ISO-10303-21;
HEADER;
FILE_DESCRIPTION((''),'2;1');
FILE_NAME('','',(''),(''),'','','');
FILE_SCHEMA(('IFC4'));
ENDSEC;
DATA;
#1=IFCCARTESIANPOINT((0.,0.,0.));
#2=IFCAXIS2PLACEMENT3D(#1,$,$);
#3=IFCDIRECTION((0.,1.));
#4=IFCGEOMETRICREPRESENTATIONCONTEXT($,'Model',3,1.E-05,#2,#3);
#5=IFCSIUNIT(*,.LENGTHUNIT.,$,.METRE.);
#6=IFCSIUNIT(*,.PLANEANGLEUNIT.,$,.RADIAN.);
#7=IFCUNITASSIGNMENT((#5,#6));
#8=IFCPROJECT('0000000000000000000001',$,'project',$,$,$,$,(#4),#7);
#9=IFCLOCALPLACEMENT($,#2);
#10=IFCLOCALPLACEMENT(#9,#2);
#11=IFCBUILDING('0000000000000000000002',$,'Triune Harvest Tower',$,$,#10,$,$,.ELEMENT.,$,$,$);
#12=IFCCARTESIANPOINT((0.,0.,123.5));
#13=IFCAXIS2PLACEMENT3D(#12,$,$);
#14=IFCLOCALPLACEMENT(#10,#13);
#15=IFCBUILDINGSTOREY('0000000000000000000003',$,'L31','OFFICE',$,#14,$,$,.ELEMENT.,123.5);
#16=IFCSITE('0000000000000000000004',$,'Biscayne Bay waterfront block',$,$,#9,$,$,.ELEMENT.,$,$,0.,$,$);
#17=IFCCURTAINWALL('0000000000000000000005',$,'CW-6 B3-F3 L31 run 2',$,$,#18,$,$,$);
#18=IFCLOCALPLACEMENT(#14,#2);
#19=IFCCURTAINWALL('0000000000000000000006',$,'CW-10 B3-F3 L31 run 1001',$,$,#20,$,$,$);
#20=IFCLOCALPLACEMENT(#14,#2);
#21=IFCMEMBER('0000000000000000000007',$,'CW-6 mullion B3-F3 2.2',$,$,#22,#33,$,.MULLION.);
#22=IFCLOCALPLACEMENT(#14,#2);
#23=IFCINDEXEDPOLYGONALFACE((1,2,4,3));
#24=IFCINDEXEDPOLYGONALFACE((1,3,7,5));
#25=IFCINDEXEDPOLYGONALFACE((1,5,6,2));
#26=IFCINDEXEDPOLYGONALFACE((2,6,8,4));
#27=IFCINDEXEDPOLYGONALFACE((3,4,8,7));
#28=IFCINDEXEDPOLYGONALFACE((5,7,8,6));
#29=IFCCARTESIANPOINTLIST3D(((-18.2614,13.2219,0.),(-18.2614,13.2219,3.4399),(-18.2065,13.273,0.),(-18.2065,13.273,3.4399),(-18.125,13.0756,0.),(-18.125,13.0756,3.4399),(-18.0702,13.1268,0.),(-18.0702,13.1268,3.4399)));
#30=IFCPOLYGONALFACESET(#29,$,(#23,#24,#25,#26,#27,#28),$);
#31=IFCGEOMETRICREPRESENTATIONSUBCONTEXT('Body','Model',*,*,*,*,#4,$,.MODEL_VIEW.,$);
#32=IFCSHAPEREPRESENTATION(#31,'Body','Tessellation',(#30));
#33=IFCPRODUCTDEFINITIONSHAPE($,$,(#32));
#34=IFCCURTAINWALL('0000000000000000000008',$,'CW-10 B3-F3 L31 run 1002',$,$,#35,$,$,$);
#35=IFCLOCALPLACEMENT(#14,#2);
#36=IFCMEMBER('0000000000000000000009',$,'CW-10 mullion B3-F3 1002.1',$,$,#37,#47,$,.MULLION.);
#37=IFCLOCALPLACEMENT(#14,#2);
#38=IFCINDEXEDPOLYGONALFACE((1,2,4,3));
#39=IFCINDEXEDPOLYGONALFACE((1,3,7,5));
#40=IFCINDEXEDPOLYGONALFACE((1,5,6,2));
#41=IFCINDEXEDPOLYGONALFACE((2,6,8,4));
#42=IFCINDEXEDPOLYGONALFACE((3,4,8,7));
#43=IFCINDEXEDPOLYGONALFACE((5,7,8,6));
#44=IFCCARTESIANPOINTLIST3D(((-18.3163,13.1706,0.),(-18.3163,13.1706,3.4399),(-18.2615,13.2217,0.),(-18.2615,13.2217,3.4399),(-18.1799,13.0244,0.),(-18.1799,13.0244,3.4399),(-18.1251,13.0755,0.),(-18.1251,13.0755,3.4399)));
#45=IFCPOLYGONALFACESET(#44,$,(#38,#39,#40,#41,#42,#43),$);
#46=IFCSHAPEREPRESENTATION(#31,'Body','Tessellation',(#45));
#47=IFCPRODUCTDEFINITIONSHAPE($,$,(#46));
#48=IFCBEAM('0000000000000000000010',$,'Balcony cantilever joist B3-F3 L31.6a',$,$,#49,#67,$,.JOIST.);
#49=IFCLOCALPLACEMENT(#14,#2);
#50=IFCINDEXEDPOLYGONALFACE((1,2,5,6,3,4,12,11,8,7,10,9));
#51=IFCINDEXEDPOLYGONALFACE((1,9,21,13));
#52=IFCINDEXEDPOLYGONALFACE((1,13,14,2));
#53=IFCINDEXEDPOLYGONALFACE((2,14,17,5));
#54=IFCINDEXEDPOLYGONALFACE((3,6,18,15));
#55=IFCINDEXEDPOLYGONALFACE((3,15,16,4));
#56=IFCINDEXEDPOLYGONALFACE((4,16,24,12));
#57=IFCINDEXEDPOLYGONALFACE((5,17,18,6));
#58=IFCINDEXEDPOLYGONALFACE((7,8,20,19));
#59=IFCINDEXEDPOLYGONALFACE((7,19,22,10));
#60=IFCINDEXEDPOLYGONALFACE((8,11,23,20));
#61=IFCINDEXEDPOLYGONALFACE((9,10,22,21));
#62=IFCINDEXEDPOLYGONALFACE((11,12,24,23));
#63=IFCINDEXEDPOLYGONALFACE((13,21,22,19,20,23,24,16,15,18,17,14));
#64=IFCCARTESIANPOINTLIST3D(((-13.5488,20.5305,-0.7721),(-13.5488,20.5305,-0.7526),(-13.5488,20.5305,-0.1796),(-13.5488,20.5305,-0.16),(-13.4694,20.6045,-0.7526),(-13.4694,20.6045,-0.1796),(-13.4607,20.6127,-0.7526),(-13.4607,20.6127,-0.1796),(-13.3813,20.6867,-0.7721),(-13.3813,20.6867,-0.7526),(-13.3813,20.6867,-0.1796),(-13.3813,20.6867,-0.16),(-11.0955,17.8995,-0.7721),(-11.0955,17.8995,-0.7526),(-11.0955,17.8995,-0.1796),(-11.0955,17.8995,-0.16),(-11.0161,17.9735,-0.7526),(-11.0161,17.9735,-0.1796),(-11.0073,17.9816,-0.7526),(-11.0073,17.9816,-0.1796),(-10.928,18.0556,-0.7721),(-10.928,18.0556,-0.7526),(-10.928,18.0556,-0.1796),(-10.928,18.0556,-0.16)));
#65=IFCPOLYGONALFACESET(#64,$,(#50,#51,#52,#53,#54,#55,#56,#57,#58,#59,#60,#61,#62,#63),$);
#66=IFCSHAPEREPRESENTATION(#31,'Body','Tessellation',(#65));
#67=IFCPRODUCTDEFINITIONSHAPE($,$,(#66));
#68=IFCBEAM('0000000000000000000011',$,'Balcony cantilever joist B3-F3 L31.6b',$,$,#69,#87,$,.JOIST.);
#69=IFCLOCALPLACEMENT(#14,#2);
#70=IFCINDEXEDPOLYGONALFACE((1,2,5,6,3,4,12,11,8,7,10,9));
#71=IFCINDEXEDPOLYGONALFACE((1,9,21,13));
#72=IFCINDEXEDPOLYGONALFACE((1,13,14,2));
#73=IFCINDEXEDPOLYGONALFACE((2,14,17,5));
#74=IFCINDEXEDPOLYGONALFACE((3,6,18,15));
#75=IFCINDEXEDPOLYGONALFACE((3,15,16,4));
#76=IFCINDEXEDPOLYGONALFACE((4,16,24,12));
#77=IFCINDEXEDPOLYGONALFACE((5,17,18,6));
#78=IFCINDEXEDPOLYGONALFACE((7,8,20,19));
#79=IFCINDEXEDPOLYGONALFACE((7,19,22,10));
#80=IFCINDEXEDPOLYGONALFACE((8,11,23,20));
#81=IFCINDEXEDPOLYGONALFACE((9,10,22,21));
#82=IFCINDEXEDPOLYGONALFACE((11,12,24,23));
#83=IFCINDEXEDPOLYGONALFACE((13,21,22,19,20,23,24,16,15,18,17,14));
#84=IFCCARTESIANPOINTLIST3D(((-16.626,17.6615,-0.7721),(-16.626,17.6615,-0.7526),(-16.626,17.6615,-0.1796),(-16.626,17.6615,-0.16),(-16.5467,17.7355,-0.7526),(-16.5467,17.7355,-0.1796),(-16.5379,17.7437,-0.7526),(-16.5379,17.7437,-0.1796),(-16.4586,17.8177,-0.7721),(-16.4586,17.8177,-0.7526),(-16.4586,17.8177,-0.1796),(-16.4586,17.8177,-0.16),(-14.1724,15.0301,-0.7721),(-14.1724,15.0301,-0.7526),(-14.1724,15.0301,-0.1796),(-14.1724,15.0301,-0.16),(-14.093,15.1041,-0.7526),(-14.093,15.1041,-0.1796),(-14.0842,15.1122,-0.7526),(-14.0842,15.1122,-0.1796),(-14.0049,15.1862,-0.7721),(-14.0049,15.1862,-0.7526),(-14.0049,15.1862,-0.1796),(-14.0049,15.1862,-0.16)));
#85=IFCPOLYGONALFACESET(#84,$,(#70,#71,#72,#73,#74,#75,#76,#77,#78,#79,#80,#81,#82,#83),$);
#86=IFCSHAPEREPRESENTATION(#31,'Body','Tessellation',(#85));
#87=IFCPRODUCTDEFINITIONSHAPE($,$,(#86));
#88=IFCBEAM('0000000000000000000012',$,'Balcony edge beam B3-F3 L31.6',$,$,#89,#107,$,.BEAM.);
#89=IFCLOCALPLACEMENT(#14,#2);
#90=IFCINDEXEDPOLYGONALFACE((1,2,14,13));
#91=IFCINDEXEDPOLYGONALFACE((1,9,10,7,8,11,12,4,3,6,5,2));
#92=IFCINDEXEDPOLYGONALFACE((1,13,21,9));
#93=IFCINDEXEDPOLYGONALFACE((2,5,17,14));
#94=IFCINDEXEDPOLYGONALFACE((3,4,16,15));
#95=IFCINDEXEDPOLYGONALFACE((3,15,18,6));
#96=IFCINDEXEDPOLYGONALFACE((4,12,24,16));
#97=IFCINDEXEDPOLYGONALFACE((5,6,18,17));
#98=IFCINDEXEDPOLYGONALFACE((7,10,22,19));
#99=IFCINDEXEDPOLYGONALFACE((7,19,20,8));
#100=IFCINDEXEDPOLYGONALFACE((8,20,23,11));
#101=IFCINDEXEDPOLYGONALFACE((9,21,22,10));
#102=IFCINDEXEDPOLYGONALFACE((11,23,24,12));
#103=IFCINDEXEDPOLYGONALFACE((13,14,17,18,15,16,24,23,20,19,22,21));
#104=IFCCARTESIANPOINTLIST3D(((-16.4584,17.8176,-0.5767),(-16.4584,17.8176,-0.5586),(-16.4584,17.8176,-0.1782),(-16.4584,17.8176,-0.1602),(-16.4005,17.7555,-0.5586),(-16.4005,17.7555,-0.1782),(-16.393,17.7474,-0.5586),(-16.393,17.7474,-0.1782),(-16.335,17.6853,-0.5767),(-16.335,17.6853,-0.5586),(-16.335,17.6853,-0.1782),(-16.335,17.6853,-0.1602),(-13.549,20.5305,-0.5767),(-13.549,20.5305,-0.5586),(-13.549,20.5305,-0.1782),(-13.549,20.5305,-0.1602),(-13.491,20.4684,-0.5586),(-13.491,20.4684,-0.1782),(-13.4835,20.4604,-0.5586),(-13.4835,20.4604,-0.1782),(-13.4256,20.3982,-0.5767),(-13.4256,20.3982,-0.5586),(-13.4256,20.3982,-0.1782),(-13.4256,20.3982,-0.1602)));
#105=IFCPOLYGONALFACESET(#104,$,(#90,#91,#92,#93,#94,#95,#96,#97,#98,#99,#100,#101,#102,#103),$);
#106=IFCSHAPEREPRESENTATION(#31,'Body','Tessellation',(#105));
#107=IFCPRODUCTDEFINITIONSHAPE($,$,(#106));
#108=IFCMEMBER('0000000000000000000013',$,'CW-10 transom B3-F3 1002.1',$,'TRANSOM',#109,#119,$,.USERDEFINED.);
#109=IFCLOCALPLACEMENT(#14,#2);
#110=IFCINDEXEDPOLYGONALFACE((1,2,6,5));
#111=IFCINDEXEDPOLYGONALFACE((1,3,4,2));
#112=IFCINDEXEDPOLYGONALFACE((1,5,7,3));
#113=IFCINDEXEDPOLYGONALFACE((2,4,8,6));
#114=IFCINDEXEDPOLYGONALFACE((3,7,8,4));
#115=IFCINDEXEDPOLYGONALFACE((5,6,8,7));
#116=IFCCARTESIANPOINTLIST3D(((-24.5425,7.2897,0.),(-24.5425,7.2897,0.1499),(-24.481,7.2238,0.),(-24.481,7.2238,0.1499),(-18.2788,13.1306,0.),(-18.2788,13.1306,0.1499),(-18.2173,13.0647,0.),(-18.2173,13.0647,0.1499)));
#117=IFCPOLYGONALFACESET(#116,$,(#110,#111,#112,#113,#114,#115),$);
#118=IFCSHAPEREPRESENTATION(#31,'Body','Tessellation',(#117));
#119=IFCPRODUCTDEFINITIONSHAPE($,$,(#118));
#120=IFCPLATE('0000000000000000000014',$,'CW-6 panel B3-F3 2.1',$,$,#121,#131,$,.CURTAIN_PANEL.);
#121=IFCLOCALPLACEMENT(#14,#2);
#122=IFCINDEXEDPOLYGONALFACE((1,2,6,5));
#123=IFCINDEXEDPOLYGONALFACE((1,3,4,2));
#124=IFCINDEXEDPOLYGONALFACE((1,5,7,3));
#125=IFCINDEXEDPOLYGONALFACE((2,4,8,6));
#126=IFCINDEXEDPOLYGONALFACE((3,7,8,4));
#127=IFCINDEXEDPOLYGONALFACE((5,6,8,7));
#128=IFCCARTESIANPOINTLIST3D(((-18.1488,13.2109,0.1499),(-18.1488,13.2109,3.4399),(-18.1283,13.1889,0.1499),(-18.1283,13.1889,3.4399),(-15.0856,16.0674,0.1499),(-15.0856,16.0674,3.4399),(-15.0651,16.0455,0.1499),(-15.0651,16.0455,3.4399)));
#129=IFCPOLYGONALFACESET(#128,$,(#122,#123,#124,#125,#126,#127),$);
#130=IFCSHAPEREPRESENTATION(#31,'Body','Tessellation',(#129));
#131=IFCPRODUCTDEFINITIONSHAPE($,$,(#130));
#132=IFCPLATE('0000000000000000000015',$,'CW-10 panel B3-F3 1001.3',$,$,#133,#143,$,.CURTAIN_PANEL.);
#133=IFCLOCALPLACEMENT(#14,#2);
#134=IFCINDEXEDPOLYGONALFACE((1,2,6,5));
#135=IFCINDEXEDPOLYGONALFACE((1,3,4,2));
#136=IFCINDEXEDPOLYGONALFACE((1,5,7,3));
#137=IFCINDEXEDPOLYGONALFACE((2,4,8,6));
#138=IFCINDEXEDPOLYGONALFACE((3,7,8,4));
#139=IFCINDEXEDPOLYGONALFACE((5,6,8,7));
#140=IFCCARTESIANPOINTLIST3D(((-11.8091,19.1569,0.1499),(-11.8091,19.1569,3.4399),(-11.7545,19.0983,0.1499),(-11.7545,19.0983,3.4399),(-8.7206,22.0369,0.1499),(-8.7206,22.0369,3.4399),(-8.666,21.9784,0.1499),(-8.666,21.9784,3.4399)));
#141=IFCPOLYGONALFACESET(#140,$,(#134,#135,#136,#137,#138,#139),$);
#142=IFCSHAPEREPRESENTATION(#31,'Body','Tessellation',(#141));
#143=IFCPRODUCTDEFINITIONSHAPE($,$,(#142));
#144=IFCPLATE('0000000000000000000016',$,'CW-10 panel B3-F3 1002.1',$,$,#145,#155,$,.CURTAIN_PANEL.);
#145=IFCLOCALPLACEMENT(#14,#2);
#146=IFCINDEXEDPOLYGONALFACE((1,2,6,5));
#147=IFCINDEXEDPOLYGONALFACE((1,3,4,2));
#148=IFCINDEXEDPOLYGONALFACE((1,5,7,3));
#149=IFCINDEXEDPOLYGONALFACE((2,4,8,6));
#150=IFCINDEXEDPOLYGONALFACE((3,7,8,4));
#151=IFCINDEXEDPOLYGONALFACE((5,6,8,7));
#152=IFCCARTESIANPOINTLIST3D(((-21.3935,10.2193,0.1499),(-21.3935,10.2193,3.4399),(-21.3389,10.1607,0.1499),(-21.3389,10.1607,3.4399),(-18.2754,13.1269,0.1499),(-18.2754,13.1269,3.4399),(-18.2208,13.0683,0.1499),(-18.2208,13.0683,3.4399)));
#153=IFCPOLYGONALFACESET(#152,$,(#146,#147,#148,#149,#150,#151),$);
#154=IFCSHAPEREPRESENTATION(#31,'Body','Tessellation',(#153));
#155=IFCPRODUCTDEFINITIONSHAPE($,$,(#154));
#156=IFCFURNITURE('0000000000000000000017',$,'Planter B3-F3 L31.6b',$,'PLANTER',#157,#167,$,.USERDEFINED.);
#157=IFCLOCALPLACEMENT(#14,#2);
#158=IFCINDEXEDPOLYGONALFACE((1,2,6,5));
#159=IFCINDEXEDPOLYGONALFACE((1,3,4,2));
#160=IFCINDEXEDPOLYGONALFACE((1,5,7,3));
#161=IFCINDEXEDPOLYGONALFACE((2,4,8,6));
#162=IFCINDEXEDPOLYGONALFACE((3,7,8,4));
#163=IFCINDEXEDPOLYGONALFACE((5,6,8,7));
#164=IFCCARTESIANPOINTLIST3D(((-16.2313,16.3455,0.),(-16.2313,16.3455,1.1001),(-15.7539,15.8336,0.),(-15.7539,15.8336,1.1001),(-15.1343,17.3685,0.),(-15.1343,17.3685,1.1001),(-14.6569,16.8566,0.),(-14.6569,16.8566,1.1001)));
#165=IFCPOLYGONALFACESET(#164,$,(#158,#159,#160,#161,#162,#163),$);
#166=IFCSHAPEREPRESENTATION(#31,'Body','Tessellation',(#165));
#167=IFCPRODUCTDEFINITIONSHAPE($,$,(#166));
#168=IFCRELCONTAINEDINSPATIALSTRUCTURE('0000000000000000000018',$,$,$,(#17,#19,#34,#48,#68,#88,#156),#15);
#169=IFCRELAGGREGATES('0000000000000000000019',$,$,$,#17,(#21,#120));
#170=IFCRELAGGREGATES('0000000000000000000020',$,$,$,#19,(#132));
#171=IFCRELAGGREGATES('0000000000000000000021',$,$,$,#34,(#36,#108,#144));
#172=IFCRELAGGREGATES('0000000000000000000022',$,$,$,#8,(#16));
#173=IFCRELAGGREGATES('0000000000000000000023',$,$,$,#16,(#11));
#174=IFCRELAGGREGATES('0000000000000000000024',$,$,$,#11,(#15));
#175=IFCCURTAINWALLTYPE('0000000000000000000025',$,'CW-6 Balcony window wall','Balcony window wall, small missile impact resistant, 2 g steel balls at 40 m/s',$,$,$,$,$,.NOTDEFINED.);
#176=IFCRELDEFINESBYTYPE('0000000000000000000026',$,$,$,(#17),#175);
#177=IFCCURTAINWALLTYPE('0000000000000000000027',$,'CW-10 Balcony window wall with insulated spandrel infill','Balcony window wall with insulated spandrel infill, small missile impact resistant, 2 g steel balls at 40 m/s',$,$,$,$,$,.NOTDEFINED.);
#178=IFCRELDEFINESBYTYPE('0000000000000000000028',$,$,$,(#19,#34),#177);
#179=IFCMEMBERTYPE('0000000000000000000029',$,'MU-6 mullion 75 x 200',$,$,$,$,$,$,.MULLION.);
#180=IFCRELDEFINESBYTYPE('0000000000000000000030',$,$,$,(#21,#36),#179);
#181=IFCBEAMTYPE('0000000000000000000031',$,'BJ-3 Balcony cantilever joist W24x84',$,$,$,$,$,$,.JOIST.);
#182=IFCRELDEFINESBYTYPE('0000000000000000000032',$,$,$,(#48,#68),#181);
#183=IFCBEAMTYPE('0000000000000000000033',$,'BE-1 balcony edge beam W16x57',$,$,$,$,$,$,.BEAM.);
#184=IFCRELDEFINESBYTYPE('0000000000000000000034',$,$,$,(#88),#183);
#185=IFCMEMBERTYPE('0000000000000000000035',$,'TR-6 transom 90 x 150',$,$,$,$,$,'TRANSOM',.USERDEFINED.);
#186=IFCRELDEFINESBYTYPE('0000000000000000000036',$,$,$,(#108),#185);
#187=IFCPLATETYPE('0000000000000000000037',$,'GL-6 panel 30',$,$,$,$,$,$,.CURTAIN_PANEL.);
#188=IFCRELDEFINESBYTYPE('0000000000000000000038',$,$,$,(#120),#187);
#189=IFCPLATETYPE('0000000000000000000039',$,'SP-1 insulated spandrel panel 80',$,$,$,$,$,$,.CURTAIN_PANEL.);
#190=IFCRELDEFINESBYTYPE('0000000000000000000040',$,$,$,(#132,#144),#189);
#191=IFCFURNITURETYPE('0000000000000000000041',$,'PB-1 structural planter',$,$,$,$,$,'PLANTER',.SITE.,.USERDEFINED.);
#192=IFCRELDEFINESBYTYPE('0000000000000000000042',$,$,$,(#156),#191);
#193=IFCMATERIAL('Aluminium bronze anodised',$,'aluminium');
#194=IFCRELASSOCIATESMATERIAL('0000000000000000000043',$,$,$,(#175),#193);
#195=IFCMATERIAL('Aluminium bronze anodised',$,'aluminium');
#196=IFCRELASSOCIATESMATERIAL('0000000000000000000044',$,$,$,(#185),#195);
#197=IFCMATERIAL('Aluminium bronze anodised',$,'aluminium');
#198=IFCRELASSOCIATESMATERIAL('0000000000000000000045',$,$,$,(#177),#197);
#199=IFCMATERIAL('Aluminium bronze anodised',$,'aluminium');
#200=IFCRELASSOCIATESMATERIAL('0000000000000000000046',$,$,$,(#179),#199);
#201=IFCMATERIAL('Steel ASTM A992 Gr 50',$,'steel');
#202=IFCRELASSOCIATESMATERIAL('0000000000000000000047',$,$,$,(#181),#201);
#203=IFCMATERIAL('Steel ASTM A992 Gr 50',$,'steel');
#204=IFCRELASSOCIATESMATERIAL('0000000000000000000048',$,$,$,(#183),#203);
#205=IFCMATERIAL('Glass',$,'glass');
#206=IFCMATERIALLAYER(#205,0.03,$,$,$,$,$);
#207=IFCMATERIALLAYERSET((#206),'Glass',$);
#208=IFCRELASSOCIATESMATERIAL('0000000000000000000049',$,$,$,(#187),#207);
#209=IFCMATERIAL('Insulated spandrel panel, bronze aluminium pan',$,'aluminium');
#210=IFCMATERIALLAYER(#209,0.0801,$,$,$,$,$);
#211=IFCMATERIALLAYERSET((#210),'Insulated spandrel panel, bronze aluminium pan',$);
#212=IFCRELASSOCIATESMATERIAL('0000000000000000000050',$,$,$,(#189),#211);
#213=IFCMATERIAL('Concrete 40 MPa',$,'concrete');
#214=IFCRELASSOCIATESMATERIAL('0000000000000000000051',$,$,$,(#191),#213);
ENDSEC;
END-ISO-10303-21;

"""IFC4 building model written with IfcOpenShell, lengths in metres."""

from ifc_helpers import new_model, si_unit, direction, frame, origin, origin_2d, place, context, subcontext, project, spatial, rectangle, i_section, extrude, source, transform, mapped, material, layer, layer_set, material_profile, profile_set, type_object, element, aggregate, save


model = new_model("IFC4")

# Units and contexts
model_context = context("Model", 3, precision=1e-05, world=origin(), true_north=direction((0.0, 1.0)))
body_context = subcontext(model_context, "Body", "Model", "MODEL_VIEW")
ifc_project = project(units=[si_unit("LENGTHUNIT", "METRE"), si_unit("PLANEANGLEUNIT", "RADIAN")], contexts=[model_context])

# Site, building, storey
site_placement = place(None, origin())
site = spatial("IfcSite", under=ifc_project, at=site_placement, Name="Biscayne Bay waterfront block", CompositionType="ELEMENT", RefElevation=0.0)
building_placement = place(site_placement, origin())
building = spatial("IfcBuilding", under=site, at=building_placement, Name="Triune Harvest Tower", CompositionType="ELEMENT")
storey_placement = place(building_placement, frame((0.0, 0.0, 123.5)))
storey = spatial("IfcBuildingStorey", under=building, at=storey_placement, Name="L31", Description="OFFICE", CompositionType="ELEMENT", Elevation=123.5)

# Curtain wall
ifc_material_1 = material(Name="Aluminium bronze anodised", Category="aluminium")
curtain_wall_type_1 = type_object("IfcCurtainWallType", Name="CW-6 Balcony window wall", Description="Balcony window wall, small missile impact resistant, 2 g steel balls at 40 m/s", PredefinedType="NOTDEFINED", material=ifc_material_1)
curtain_wall_1_placement = place(storey_placement, origin())
curtain_wall_1 = element("IfcCurtainWall", 1, at=curtain_wall_1_placement, inside=storey, type_object=curtain_wall_type_1, Name="CW-6 B3-F3 L31 run 2")
ifc_material_2 = material(Name="Aluminium bronze anodised", Category="aluminium")
ifc_material_profile_1 = material_profile(ifc_material_2, rectangle(XDim=0.0901, YDim=0.1499, at=origin_2d()), Name="TR-6 transom 90 x 150")
ifc_profile_set_1 = profile_set([ifc_material_profile_1], Name="Aluminium bronze anodised")
member_type_1 = type_object("IfcMemberType", Name="TR-6 transom 90 x 150", ElementType="TRANSOM", PredefinedType="USERDEFINED", material=ifc_profile_set_1)

# Curtain wall
ifc_material_3 = material(Name="Aluminium bronze anodised", Category="aluminium")
curtain_wall_type_2 = type_object("IfcCurtainWallType", Name="CW-10 Balcony window wall with insulated spandrel infill", Description="Balcony window wall with insulated spandrel infill, small missile impact resistant, 2 g steel balls at 40 m/s", PredefinedType="NOTDEFINED", material=ifc_material_3)
curtain_wall_2_placement = place(storey_placement, origin())
curtain_wall_2 = element("IfcCurtainWall", 2, at=curtain_wall_2_placement, inside=storey, type_object=curtain_wall_type_2, Name="CW-10 B3-F3 L31 run 1001")
ifc_material_4 = material(Name="Aluminium bronze anodised", Category="aluminium")
ifc_material_profile_2 = material_profile(ifc_material_4, rectangle(XDim=0.2, YDim=0.075, at=origin_2d()), Name="MU-6 mullion 75 x 200")
ifc_profile_set_2 = profile_set([ifc_material_profile_2], Name="Aluminium bronze anodised")
member_type_2 = type_object("IfcMemberType", Name="MU-6 mullion 75 x 200", PredefinedType="MULLION", material=ifc_profile_set_2)
shared_shape_1 = source(origin(), body_context, "Body", "SweptSolid", [
    extrude(rectangle(XDim=0.2, YDim=0.075, at=origin_2d()), origin(), (0.0, 0.0, 1.0), 3.4399),
])

# Member
member_1_placement = place(storey_placement, frame((-18.1658, 13.1743, 0.0), z_axis=(0.0, 0.0, 1.0), x_axis=(0.682007, -0.731346, 0.0)))
member_1 = element("IfcMember", 3, at=member_1_placement, type_object=member_type_2, Name="CW-6 mullion B3-F3 2.2", PredefinedType="MULLION", context=body_context, shape_type="MappedRepresentation", body=[
    mapped(shared_shape_1, transform((0.0, 0.0, 0.0), scale=1.0)),
])

# Curtain wall, member
curtain_wall_3_placement = place(storey_placement, origin())
curtain_wall_3 = element("IfcCurtainWall", 4, at=curtain_wall_3_placement, inside=storey, type_object=curtain_wall_type_2, Name="CW-10 B3-F3 L31 run 1002")
member_2_placement = place(storey_placement, frame((-18.2207, 13.123, 0.0), z_axis=(0.0, 0.0, 1.0), x_axis=(0.681997, -0.731355, 0.0)))
member_2 = element("IfcMember", 5, at=member_2_placement, type_object=member_type_2, Name="CW-10 mullion B3-F3 1002.1", PredefinedType="MULLION", context=body_context, shape_type="MappedRepresentation", body=[
    mapped(shared_shape_1, transform((0.0, 0.0, 0.0), scale=1.0)),
])

# Beams
ifc_material_5 = material(Name="Steel ASTM A992 Gr 50", Category="steel")
ifc_material_profile_3 = material_profile(ifc_material_5, i_section(OverallWidth=0.229, OverallDepth=0.6121, WebThickness=0.012, FlangeThickness=0.0195, at=origin_2d()), Name="W24x84")
ifc_profile_set_3 = profile_set([ifc_material_profile_3], Name="Steel ASTM A992 Gr 50")
beam_type_1 = type_object("IfcBeamType", Name="BJ-3 Balcony cantilever joist W24x84", PredefinedType="JOIST", material=ifc_profile_set_3)
shared_shape_2 = source(origin(), body_context, "Body", "SweptSolid", [
    extrude(i_section(OverallWidth=0.229, OverallDepth=0.6121, WebThickness=0.012, FlangeThickness=0.0195, at=origin_2d()), origin(), (0.0, 0.0, 1.0), 3.5974),
])
beam_1_placement = place(storey_placement, frame((-11.0117, 17.9775, -0.4661), z_axis=(-0.681972, 0.731378, 0.0), x_axis=(-0.731378, -0.681972, 0.0)))
element("IfcBeam", 6, at=beam_1_placement, inside=storey, type_object=beam_type_1, Name="Balcony cantilever joist B3-F3 L31.6a", PredefinedType="JOIST", context=body_context, shape_type="MappedRepresentation", body=[
    mapped(shared_shape_2, transform((0.0, 0.0, 0.0), scale=1.0)),
])
shared_shape_3 = source(origin(), body_context, "Body", "SweptSolid", [
    extrude(i_section(OverallWidth=0.229, OverallDepth=0.6121, WebThickness=0.012, FlangeThickness=0.0195, at=origin_2d()), origin(), (0.0, 0.0, 1.0), 3.5979),
])
beam_2_placement = place(storey_placement, frame((-14.0886, 15.1082, -0.4661), z_axis=(-0.681975, 0.731376, 0.0), x_axis=(-0.731376, -0.681975, 0.0)))
element("IfcBeam", 7, at=beam_2_placement, inside=storey, type_object=beam_type_1, Name="Balcony cantilever joist B3-F3 L31.6b", PredefinedType="JOIST", context=body_context, shape_type="MappedRepresentation", body=[
    mapped(shared_shape_3, transform((0.0, 0.0, 0.0), scale=1.0)),
])
ifc_material_6 = material(Name="Steel ASTM A992 Gr 50", Category="steel")
ifc_material_profile_4 = material_profile(ifc_material_6, i_section(OverallWidth=0.1809, OverallDepth=0.4165, WebThickness=0.011, FlangeThickness=0.0181, at=origin_2d()), Name="W16x57")
ifc_profile_set_4 = profile_set([ifc_material_profile_4], Name="Steel ASTM A992 Gr 50")
beam_type_2 = type_object("IfcBeamType", Name="BE-1 balcony edge beam W16x57", PredefinedType="BEAM", material=ifc_profile_set_4)
shared_shape_4 = source(origin(), body_context, "Body", "SweptSolid", [
    extrude(i_section(OverallWidth=0.1809, OverallDepth=0.4165, WebThickness=0.011, FlangeThickness=0.0181, at=origin_2d()), origin(), (0.0, 0.0, 1.0), 3.978),
])
beam_3_placement = place(storey_placement, frame((-16.3967, 17.7515, -0.3684), z_axis=(0.731378, 0.681973, 0.0), x_axis=(-0.681973, 0.731378, 0.0)))
element("IfcBeam", 8, at=beam_3_placement, inside=storey, type_object=beam_type_2, Name="Balcony edge beam B3-F3 L31.6", PredefinedType="BEAM", context=body_context, shape_type="MappedRepresentation", body=[
    mapped(shared_shape_4, transform((0.0, 0.0, 0.0), scale=1.0)),
])

# Member
shared_shape_5 = source(origin(), body_context, "Body", "SweptSolid", [
    extrude(rectangle(XDim=0.0901, YDim=0.1499, at=origin_2d()), origin(), (0.0, 0.0, 1.0), 8.5645),
])
member_3_placement = place(storey_placement, frame((-18.248, 13.0977, 0.075), z_axis=(-0.731362, -0.681989, 0.0), x_axis=(0.681989, -0.731362, 0.0)))
member_3 = element("IfcMember", 9, at=member_3_placement, type_object=member_type_1, Name="CW-10 transom B3-F3 1002.1", ObjectType="TRANSOM", PredefinedType="USERDEFINED", context=body_context, shape_type="MappedRepresentation", body=[
    mapped(shared_shape_5, transform((0.0, 0.0, 0.0), scale=1.0)),
])

# Plates
ifc_material_7 = material(Name="Glass", Category="glass")
ifc_layer_1 = layer(ifc_material_7, 0.03)
ifc_layer_set_1 = layer_set([ifc_layer_1], Name="Glass")
plate_type_1 = type_object("IfcPlateType", Name="GL-6 panel 30", PredefinedType="CURTAIN_PANEL", material=ifc_layer_set_1)
plate_1_placement = place(storey_placement, frame((-16.6069, 14.6282, 0.1499), z_axis=(0.0, 0.0, 1.0), x_axis=(-0.731346, -0.682007, 0.0)))
plate_1 = element("IfcPlate", 10, at=plate_1_placement, type_object=plate_type_1, Name="CW-6 panel B3-F3 2.1", PredefinedType="CURTAIN_PANEL", context=body_context, shape_type="SweptSolid", body=[
    extrude(rectangle(XDim=4.1885, YDim=0.03, at=origin_2d()), origin(), (0.0, 0.0, 1.0), 3.29),
])
aggregate(curtain_wall_1, [member_1, plate_1])
ifc_material_8 = material(Name="Insulated spandrel panel, bronze aluminium pan", Category="aluminium")
ifc_layer_2 = layer(ifc_material_8, 0.0801)
ifc_layer_set_2 = layer_set([ifc_layer_2], Name="Insulated spandrel panel, bronze aluminium pan")
plate_type_2 = type_object("IfcPlateType", Name="SP-1 insulated spandrel panel 80", PredefinedType="CURTAIN_PANEL", material=ifc_layer_set_2)
plate_2_placement = place(storey_placement, frame((-10.2375, 20.5676, 0.1499), z_axis=(0.0, 0.0, 1.0), x_axis=(-0.731353, -0.681999, 0.0)))
plate_2 = element("IfcPlate", 11, at=plate_2_placement, type_object=plate_type_2, Name="CW-10 panel B3-F3 1001.3", PredefinedType="CURTAIN_PANEL", context=body_context, shape_type="SweptSolid", body=[
    extrude(rectangle(XDim=4.2229, YDim=0.0801, at=origin_2d()), origin(), (0.0, 0.0, 1.0), 3.29),
])
aggregate(curtain_wall_2, [plate_2])
shared_shape_6 = source(origin(), body_context, "Body", "SweptSolid", [
    extrude(rectangle(XDim=4.2634, YDim=0.0801, at=origin_2d()), origin(), (0.0, 0.0, 1.0), 3.29),
])
plate_3_placement = place(storey_placement, frame((-19.8071, 11.6438, 0.1499), z_axis=(0.0, 0.0, 1.0), x_axis=(-0.731355, -0.681997, 0.0)))
plate_3 = element("IfcPlate", 12, at=plate_3_placement, type_object=plate_type_2, Name="CW-10 panel B3-F3 1002.1", PredefinedType="CURTAIN_PANEL", context=body_context, shape_type="MappedRepresentation", body=[
    mapped(shared_shape_6, transform((0.0, 0.0, 0.0), scale=1.0)),
])
aggregate(curtain_wall_3, [member_2, member_3, plate_3])

# Furniture
ifc_material_9 = material(Name="Concrete 40 MPa", Category="concrete")
furniture_type = type_object("IfcFurnitureType", Name="PB-1 structural planter", ElementType="PLANTER", AssemblyPlace="SITE", PredefinedType="USERDEFINED", material=ifc_material_9)
shared_shape_7 = source(origin(), body_context, "Body", "SweptSolid", [
    extrude(rectangle(XDim=1.5, YDim=0.7, at=origin_2d()), origin(), (0.0, 0.0, 1.0), 1.1001),
])
furniture_placement = place(storey_placement, frame((-15.4441, 16.6011, 0.0), z_axis=(0.0, 0.0, 1.0), x_axis=(-0.731353, -0.681999, 0.0)))
element("IfcFurniture", 13, at=furniture_placement, inside=storey, type_object=furniture_type, Name="Planter B3-F3 L31.6b", ObjectType="PLANTER", PredefinedType="USERDEFINED", context=body_context, shape_type="MappedRepresentation", body=[
    mapped(shared_shape_7, transform((0.0, 0.0, 0.0), scale=1.0)),
])

save(model, "model.ifc")
